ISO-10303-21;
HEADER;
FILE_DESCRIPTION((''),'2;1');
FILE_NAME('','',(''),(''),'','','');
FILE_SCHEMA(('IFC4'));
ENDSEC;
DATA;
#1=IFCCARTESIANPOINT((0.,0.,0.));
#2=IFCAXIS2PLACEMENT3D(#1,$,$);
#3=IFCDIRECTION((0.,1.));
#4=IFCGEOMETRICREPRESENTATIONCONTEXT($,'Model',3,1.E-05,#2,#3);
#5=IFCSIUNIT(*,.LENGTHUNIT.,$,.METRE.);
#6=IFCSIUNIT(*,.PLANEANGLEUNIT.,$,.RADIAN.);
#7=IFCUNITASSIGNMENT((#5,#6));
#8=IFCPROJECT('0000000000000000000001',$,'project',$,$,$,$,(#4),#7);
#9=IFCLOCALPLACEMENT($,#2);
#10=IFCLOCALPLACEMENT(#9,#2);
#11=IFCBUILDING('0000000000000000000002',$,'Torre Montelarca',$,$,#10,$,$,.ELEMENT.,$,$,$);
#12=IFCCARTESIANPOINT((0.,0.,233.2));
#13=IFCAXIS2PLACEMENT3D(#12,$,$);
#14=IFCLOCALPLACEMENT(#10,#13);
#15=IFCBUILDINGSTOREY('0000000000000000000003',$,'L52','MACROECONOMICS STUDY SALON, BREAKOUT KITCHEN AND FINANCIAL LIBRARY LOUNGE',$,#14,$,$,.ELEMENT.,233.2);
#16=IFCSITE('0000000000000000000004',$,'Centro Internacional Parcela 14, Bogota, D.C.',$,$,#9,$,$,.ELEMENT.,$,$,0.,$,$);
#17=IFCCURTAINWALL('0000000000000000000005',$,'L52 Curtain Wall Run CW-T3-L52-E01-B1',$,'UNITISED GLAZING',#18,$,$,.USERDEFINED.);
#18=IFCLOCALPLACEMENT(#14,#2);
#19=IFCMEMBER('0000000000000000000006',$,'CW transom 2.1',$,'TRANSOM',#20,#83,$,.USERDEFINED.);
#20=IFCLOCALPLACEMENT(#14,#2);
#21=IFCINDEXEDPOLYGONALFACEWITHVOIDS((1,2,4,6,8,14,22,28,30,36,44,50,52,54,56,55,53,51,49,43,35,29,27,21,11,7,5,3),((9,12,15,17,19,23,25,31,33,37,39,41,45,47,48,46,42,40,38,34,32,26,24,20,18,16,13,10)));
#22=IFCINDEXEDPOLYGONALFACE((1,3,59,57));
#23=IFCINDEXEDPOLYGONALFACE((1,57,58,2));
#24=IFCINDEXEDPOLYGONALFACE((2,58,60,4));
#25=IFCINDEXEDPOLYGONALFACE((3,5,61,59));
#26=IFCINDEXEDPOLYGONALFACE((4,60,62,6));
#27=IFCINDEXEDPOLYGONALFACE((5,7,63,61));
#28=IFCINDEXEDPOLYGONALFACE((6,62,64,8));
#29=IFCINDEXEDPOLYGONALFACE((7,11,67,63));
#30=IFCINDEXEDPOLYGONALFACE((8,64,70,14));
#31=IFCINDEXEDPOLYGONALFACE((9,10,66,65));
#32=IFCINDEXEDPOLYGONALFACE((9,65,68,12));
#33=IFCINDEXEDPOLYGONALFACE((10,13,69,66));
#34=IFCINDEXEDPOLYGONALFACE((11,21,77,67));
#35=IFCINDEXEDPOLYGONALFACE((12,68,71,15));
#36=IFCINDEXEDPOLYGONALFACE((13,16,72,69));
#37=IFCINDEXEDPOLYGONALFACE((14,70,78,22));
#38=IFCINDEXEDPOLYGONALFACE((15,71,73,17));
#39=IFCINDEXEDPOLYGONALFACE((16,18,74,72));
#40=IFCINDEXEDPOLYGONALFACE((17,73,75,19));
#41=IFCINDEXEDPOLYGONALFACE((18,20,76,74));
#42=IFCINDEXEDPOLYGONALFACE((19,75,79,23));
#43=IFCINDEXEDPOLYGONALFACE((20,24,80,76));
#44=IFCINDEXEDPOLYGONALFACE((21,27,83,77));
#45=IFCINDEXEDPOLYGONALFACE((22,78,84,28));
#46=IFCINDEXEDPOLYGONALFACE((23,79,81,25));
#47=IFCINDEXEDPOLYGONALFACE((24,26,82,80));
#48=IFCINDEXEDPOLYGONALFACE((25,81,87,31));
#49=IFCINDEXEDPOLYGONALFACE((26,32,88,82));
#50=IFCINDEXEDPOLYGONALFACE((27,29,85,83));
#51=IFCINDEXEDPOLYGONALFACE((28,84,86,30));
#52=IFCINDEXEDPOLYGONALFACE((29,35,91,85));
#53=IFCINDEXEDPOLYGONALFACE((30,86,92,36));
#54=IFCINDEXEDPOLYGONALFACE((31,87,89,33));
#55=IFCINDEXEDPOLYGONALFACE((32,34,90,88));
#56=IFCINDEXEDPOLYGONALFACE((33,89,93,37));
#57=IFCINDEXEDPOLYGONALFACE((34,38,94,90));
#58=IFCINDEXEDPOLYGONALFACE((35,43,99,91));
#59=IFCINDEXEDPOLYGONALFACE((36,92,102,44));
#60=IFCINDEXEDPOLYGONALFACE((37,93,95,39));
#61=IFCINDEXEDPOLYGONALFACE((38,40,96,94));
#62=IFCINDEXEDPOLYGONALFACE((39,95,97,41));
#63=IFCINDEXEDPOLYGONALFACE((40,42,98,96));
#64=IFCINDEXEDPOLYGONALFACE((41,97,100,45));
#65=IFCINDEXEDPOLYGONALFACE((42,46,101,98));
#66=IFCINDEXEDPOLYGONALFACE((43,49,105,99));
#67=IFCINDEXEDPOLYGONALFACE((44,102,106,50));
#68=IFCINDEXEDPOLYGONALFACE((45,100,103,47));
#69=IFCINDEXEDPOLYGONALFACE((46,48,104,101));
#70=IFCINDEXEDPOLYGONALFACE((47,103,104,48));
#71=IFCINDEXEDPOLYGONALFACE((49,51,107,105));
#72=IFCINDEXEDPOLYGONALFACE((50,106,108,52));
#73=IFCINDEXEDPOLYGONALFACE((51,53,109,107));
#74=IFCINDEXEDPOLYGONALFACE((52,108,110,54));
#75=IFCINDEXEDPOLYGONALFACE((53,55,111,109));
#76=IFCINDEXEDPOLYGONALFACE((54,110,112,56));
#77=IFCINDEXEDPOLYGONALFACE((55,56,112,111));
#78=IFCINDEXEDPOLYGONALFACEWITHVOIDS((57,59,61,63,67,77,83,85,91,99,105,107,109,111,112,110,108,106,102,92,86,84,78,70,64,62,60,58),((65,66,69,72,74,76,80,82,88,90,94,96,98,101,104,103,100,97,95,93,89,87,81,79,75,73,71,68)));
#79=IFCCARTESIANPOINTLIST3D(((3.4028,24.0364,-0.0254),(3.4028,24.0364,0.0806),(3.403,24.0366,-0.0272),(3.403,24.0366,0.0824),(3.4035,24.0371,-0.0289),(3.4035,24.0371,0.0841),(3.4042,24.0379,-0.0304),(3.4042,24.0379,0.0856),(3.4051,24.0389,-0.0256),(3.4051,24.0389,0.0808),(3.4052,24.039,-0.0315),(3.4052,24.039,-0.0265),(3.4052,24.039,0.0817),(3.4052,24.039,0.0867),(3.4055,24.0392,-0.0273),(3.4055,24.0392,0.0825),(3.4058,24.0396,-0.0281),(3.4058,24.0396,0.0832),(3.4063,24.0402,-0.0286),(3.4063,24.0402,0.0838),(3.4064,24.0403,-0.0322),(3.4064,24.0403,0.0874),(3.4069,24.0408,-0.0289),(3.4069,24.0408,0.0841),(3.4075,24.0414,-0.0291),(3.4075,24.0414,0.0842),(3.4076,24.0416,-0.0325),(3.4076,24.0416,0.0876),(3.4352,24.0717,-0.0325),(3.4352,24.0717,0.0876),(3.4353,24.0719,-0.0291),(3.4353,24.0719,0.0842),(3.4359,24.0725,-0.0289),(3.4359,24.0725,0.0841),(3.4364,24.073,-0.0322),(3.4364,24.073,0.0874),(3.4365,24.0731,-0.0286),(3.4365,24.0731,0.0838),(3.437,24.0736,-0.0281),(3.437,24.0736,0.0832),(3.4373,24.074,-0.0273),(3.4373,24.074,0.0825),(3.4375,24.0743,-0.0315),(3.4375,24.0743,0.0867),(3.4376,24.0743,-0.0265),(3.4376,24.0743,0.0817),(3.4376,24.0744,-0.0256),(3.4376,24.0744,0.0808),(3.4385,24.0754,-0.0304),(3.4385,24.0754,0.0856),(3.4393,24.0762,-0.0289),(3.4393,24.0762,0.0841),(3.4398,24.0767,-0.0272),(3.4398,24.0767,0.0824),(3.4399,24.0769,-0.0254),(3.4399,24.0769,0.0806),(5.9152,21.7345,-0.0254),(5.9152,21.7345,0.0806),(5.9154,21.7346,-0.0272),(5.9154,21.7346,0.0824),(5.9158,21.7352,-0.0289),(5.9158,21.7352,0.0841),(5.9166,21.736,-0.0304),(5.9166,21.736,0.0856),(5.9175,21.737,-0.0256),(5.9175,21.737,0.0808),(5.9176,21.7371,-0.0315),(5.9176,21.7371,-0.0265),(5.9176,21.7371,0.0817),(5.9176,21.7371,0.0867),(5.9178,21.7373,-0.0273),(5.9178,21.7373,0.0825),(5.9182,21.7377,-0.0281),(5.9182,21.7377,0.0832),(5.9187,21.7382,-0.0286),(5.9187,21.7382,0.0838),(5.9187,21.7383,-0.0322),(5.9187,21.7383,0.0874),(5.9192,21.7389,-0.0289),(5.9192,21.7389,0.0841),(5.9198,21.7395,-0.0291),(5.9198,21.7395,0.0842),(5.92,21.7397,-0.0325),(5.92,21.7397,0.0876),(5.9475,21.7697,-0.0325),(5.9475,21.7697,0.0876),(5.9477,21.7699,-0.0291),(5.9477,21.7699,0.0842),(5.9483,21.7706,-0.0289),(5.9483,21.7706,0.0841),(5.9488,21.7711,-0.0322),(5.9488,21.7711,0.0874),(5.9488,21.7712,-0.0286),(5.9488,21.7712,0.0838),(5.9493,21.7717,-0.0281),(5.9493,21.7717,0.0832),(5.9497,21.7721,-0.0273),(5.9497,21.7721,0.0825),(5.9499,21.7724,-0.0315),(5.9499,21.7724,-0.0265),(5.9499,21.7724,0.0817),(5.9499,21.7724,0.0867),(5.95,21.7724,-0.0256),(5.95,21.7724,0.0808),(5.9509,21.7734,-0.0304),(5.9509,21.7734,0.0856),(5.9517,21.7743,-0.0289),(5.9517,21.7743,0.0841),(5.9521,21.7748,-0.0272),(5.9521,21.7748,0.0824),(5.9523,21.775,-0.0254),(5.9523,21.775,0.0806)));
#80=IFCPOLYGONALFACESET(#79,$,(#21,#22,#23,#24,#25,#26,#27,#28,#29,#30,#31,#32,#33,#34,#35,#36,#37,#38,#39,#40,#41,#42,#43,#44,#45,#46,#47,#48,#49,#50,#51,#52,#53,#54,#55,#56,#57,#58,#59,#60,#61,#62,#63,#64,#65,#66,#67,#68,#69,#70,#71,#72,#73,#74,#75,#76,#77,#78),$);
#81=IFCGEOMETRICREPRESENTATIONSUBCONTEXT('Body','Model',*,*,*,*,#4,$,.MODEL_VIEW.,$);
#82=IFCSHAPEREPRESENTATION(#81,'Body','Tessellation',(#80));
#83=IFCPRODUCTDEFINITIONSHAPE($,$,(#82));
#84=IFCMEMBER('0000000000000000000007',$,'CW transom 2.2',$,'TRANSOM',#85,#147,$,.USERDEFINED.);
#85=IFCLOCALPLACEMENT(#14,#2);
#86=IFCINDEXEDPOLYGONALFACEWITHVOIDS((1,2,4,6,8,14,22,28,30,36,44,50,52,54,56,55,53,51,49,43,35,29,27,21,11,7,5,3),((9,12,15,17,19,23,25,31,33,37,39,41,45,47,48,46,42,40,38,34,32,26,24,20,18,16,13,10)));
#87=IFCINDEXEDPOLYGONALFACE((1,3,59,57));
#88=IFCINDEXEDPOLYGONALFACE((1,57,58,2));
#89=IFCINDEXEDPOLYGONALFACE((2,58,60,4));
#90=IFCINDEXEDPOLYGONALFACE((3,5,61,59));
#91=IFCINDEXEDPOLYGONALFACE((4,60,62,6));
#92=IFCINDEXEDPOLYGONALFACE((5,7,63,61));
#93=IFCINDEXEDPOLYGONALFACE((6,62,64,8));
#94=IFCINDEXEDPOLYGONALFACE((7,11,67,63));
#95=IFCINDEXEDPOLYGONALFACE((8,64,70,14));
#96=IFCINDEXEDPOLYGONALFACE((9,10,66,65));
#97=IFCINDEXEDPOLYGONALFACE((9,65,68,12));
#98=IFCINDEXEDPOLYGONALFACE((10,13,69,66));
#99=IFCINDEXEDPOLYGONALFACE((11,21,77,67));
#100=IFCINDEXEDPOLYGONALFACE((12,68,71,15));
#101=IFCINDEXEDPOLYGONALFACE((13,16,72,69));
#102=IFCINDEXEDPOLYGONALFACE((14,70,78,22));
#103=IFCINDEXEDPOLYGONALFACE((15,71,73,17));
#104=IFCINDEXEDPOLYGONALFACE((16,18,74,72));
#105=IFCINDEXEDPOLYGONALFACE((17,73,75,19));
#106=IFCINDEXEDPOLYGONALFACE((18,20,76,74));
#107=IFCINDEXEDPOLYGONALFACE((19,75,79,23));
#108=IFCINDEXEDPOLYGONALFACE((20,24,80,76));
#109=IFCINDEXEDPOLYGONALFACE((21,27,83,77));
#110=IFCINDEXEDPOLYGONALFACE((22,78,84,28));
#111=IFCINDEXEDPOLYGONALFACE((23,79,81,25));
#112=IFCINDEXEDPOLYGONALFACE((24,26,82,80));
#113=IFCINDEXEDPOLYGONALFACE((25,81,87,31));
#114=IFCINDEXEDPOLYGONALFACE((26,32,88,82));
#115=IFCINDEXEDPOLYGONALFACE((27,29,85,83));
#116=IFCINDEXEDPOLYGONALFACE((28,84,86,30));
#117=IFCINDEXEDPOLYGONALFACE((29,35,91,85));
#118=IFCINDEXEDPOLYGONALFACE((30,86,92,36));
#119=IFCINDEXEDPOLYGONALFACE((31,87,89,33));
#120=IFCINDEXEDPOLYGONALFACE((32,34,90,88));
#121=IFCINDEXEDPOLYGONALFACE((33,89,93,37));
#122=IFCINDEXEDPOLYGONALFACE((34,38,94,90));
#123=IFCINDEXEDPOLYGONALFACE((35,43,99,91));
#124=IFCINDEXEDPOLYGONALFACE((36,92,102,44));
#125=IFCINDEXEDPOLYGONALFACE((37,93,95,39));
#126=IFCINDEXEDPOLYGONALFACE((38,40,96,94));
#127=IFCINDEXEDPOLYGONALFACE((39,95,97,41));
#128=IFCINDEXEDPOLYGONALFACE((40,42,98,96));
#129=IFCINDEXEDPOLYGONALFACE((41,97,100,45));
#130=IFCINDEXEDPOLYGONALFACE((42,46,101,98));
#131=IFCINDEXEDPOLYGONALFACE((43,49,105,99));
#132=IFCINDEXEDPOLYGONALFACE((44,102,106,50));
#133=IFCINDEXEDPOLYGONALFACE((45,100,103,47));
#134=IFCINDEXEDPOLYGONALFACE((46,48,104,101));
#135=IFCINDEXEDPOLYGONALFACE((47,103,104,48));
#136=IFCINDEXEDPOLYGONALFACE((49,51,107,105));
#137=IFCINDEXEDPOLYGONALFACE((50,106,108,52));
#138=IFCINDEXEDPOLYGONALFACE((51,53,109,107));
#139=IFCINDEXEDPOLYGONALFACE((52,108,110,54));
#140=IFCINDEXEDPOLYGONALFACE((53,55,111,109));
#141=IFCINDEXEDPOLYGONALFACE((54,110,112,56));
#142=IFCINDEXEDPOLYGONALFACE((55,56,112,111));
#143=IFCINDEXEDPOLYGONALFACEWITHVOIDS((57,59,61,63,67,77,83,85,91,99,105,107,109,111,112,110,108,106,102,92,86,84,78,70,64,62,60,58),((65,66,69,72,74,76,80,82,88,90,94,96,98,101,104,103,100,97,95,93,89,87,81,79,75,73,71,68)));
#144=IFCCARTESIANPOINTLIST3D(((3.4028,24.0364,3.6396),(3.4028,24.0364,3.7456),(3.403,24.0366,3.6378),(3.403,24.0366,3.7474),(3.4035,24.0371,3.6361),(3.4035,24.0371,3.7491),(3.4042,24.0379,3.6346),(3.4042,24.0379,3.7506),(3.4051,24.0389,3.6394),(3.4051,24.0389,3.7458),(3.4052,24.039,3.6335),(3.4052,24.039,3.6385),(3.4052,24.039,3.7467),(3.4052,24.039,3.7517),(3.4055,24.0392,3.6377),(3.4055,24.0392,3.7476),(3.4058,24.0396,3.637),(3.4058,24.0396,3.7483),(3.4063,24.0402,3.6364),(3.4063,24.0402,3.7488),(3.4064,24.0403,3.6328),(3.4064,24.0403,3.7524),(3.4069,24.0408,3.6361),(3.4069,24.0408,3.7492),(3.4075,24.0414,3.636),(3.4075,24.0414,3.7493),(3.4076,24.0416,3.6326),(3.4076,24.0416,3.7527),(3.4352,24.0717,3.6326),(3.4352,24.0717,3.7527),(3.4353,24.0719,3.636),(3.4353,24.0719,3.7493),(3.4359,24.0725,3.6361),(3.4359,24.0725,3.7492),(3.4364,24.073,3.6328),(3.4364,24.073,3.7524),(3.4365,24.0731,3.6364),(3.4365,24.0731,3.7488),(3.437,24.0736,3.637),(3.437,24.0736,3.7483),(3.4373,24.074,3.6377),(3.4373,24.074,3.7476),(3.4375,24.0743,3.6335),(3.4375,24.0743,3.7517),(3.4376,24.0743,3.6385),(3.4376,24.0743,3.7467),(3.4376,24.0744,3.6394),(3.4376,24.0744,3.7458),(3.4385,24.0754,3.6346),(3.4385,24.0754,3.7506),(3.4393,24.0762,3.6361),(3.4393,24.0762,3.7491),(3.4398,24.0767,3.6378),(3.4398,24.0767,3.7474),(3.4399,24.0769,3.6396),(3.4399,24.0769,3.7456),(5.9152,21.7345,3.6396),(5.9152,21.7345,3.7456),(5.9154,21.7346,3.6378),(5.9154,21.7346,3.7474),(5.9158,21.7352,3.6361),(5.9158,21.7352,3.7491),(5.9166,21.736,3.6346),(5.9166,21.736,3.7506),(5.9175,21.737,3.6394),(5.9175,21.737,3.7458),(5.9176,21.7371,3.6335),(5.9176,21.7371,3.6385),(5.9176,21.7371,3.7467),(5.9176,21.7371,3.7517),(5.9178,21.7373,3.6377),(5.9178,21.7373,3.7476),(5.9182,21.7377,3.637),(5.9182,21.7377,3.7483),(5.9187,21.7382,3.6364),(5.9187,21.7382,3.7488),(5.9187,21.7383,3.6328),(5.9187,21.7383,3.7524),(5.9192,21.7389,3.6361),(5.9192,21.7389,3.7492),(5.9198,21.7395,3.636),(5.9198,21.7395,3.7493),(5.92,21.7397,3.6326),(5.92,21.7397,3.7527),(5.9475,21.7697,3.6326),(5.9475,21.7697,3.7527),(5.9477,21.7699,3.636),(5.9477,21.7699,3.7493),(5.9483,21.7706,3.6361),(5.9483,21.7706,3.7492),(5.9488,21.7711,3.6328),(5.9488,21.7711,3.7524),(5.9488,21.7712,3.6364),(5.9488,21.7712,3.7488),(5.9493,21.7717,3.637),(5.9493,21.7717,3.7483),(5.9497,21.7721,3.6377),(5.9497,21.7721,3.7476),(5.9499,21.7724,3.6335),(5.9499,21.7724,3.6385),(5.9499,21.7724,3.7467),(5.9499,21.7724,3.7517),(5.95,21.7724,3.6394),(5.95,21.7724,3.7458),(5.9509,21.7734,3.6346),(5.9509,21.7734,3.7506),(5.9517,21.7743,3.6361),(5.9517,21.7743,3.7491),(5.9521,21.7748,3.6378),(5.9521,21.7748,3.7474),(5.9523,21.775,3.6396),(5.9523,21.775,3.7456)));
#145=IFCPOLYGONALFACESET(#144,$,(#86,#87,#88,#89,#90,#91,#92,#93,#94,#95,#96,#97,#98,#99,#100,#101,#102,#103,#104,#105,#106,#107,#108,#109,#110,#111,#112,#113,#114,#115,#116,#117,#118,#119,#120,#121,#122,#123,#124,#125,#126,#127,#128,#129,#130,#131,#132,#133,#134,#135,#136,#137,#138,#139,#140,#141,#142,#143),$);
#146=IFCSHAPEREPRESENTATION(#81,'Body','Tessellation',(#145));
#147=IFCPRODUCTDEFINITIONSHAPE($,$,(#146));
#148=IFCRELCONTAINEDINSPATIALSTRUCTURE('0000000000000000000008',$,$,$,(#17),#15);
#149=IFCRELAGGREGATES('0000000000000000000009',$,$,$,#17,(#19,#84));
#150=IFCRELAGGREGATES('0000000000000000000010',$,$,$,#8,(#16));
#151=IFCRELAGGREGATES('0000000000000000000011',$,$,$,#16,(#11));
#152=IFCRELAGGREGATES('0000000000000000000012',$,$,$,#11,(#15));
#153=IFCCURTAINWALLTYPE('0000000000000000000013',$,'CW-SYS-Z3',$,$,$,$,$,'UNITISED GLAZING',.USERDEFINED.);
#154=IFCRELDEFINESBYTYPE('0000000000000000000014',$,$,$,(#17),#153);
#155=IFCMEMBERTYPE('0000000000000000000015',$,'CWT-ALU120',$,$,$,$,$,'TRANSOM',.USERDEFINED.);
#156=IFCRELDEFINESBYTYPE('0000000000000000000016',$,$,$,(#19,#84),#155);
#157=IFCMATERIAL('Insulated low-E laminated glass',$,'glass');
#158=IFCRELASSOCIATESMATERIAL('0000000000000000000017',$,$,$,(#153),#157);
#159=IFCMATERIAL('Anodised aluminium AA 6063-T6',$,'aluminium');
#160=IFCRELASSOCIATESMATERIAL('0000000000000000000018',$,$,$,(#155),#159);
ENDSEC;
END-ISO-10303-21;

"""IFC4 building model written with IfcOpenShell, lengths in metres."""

from ifc_helpers import new_model, si_unit, direction, frame, origin, origin_2d, place, context, subcontext, project, spatial, hollow_rectangle, extrude, source, transform, mapped, material, material_profile, profile_set, type_object, element, aggregate, save


model = new_model("IFC4")

# Units and contexts
model_context = context("Model", 3, precision=1e-05, world=origin(), true_north=direction((0.0, 1.0)))
body_context = subcontext(model_context, "Body", "Model", "MODEL_VIEW")
ifc_project = project(units=[si_unit("LENGTHUNIT", "METRE"), si_unit("PLANEANGLEUNIT", "RADIAN")], contexts=[model_context])

# Site, building, storey
site_placement = place(None, origin())
site = spatial("IfcSite", under=ifc_project, at=site_placement, Name="Centro Internacional Parcela 14, Bogota, D.C.", CompositionType="ELEMENT", RefElevation=0.0)
building_placement = place(site_placement, origin())
building = spatial("IfcBuilding", under=site, at=building_placement, Name="Torre Montelarca", CompositionType="ELEMENT")
storey_placement = place(building_placement, frame((0.0, 0.0, 233.2)))
storey = spatial("IfcBuildingStorey", under=building, at=storey_placement, Name="L52", Description="MACROECONOMICS STUDY SALON, BREAKOUT KITCHEN AND FINANCIAL LIBRARY LOUNGE", CompositionType="ELEMENT", Elevation=233.2)

# Curtain wall, members
ifc_material_1 = material(Name="Insulated low-E laminated glass", Category="glass")
curtain_wall_type = type_object("IfcCurtainWallType", Name="CW-SYS-Z3", ElementType="UNITISED GLAZING", PredefinedType="USERDEFINED", material=ifc_material_1)
curtain_wall_1_placement = place(storey_placement, origin())
curtain_wall_1 = element("IfcCurtainWall", 1, at=curtain_wall_1_placement, inside=storey, type_object=curtain_wall_type, Name="L52 Curtain Wall Run CW-T3-L52-E01-B1", ObjectType="UNITISED GLAZING", PredefinedType="USERDEFINED")
ifc_material_2 = material(Name="Anodised aluminium AA 6063-T6", Category="aluminium")
ifc_material_profile_1 = material_profile(ifc_material_2, hollow_rectangle(XDim=0.0549, YDim=0.1201, WallThickness=0.0034, InnerFilletRadius=0.0034, OuterFilletRadius=0.0071, at=origin_2d()), Name="ALU55X120X3.5", Category="aluminium")
ifc_profile_set_1 = profile_set([ifc_material_profile_1], Name="Anodised aluminium AA 6063-T6")
member_type_1 = type_object("IfcMemberType", Name="CWT-ALU120", ElementType="TRANSOM", PredefinedType="USERDEFINED", material=ifc_profile_set_1)
shared_shape_1 = source(origin(), body_context, "Body", "SweptSolid", [
    extrude(hollow_rectangle(XDim=0.0549, YDim=0.1201, WallThickness=0.0034, InnerFilletRadius=0.0034, OuterFilletRadius=0.0071, at=origin_2d()), origin(), (0.0, 0.0, 1.0), 3.4075),
])
member_1_placement = place(storey_placement, frame((3.4214, 24.0566, 0.0276), z_axis=(0.737312, -0.675553, 0.0), x_axis=(0.675553, 0.737312, 0.0)))
member_1 = element("IfcMember", 2, at=member_1_placement, type_object=member_type_1, Name="CW transom 2.1", ObjectType="TRANSOM", PredefinedType="USERDEFINED", context=body_context, shape_type="MappedRepresentation", body=[
    mapped(shared_shape_1, transform((0.0, 0.0, 0.0), scale=1.0)),
])
member_2_placement = place(storey_placement, frame((3.4214, 24.0566, 3.6926), z_axis=(0.737312, -0.675553, 0.0), x_axis=(0.675553, 0.737312, 0.0)))
member_2 = element("IfcMember", 3, at=member_2_placement, type_object=member_type_1, Name="CW transom 2.2", ObjectType="TRANSOM", PredefinedType="USERDEFINED", context=body_context, shape_type="MappedRepresentation", body=[
    mapped(shared_shape_1, transform((0.0, 0.0, 0.0), scale=1.0)),
])

aggregate(curtain_wall_1, [member_1, member_2])

save(model, "model.ifc")
